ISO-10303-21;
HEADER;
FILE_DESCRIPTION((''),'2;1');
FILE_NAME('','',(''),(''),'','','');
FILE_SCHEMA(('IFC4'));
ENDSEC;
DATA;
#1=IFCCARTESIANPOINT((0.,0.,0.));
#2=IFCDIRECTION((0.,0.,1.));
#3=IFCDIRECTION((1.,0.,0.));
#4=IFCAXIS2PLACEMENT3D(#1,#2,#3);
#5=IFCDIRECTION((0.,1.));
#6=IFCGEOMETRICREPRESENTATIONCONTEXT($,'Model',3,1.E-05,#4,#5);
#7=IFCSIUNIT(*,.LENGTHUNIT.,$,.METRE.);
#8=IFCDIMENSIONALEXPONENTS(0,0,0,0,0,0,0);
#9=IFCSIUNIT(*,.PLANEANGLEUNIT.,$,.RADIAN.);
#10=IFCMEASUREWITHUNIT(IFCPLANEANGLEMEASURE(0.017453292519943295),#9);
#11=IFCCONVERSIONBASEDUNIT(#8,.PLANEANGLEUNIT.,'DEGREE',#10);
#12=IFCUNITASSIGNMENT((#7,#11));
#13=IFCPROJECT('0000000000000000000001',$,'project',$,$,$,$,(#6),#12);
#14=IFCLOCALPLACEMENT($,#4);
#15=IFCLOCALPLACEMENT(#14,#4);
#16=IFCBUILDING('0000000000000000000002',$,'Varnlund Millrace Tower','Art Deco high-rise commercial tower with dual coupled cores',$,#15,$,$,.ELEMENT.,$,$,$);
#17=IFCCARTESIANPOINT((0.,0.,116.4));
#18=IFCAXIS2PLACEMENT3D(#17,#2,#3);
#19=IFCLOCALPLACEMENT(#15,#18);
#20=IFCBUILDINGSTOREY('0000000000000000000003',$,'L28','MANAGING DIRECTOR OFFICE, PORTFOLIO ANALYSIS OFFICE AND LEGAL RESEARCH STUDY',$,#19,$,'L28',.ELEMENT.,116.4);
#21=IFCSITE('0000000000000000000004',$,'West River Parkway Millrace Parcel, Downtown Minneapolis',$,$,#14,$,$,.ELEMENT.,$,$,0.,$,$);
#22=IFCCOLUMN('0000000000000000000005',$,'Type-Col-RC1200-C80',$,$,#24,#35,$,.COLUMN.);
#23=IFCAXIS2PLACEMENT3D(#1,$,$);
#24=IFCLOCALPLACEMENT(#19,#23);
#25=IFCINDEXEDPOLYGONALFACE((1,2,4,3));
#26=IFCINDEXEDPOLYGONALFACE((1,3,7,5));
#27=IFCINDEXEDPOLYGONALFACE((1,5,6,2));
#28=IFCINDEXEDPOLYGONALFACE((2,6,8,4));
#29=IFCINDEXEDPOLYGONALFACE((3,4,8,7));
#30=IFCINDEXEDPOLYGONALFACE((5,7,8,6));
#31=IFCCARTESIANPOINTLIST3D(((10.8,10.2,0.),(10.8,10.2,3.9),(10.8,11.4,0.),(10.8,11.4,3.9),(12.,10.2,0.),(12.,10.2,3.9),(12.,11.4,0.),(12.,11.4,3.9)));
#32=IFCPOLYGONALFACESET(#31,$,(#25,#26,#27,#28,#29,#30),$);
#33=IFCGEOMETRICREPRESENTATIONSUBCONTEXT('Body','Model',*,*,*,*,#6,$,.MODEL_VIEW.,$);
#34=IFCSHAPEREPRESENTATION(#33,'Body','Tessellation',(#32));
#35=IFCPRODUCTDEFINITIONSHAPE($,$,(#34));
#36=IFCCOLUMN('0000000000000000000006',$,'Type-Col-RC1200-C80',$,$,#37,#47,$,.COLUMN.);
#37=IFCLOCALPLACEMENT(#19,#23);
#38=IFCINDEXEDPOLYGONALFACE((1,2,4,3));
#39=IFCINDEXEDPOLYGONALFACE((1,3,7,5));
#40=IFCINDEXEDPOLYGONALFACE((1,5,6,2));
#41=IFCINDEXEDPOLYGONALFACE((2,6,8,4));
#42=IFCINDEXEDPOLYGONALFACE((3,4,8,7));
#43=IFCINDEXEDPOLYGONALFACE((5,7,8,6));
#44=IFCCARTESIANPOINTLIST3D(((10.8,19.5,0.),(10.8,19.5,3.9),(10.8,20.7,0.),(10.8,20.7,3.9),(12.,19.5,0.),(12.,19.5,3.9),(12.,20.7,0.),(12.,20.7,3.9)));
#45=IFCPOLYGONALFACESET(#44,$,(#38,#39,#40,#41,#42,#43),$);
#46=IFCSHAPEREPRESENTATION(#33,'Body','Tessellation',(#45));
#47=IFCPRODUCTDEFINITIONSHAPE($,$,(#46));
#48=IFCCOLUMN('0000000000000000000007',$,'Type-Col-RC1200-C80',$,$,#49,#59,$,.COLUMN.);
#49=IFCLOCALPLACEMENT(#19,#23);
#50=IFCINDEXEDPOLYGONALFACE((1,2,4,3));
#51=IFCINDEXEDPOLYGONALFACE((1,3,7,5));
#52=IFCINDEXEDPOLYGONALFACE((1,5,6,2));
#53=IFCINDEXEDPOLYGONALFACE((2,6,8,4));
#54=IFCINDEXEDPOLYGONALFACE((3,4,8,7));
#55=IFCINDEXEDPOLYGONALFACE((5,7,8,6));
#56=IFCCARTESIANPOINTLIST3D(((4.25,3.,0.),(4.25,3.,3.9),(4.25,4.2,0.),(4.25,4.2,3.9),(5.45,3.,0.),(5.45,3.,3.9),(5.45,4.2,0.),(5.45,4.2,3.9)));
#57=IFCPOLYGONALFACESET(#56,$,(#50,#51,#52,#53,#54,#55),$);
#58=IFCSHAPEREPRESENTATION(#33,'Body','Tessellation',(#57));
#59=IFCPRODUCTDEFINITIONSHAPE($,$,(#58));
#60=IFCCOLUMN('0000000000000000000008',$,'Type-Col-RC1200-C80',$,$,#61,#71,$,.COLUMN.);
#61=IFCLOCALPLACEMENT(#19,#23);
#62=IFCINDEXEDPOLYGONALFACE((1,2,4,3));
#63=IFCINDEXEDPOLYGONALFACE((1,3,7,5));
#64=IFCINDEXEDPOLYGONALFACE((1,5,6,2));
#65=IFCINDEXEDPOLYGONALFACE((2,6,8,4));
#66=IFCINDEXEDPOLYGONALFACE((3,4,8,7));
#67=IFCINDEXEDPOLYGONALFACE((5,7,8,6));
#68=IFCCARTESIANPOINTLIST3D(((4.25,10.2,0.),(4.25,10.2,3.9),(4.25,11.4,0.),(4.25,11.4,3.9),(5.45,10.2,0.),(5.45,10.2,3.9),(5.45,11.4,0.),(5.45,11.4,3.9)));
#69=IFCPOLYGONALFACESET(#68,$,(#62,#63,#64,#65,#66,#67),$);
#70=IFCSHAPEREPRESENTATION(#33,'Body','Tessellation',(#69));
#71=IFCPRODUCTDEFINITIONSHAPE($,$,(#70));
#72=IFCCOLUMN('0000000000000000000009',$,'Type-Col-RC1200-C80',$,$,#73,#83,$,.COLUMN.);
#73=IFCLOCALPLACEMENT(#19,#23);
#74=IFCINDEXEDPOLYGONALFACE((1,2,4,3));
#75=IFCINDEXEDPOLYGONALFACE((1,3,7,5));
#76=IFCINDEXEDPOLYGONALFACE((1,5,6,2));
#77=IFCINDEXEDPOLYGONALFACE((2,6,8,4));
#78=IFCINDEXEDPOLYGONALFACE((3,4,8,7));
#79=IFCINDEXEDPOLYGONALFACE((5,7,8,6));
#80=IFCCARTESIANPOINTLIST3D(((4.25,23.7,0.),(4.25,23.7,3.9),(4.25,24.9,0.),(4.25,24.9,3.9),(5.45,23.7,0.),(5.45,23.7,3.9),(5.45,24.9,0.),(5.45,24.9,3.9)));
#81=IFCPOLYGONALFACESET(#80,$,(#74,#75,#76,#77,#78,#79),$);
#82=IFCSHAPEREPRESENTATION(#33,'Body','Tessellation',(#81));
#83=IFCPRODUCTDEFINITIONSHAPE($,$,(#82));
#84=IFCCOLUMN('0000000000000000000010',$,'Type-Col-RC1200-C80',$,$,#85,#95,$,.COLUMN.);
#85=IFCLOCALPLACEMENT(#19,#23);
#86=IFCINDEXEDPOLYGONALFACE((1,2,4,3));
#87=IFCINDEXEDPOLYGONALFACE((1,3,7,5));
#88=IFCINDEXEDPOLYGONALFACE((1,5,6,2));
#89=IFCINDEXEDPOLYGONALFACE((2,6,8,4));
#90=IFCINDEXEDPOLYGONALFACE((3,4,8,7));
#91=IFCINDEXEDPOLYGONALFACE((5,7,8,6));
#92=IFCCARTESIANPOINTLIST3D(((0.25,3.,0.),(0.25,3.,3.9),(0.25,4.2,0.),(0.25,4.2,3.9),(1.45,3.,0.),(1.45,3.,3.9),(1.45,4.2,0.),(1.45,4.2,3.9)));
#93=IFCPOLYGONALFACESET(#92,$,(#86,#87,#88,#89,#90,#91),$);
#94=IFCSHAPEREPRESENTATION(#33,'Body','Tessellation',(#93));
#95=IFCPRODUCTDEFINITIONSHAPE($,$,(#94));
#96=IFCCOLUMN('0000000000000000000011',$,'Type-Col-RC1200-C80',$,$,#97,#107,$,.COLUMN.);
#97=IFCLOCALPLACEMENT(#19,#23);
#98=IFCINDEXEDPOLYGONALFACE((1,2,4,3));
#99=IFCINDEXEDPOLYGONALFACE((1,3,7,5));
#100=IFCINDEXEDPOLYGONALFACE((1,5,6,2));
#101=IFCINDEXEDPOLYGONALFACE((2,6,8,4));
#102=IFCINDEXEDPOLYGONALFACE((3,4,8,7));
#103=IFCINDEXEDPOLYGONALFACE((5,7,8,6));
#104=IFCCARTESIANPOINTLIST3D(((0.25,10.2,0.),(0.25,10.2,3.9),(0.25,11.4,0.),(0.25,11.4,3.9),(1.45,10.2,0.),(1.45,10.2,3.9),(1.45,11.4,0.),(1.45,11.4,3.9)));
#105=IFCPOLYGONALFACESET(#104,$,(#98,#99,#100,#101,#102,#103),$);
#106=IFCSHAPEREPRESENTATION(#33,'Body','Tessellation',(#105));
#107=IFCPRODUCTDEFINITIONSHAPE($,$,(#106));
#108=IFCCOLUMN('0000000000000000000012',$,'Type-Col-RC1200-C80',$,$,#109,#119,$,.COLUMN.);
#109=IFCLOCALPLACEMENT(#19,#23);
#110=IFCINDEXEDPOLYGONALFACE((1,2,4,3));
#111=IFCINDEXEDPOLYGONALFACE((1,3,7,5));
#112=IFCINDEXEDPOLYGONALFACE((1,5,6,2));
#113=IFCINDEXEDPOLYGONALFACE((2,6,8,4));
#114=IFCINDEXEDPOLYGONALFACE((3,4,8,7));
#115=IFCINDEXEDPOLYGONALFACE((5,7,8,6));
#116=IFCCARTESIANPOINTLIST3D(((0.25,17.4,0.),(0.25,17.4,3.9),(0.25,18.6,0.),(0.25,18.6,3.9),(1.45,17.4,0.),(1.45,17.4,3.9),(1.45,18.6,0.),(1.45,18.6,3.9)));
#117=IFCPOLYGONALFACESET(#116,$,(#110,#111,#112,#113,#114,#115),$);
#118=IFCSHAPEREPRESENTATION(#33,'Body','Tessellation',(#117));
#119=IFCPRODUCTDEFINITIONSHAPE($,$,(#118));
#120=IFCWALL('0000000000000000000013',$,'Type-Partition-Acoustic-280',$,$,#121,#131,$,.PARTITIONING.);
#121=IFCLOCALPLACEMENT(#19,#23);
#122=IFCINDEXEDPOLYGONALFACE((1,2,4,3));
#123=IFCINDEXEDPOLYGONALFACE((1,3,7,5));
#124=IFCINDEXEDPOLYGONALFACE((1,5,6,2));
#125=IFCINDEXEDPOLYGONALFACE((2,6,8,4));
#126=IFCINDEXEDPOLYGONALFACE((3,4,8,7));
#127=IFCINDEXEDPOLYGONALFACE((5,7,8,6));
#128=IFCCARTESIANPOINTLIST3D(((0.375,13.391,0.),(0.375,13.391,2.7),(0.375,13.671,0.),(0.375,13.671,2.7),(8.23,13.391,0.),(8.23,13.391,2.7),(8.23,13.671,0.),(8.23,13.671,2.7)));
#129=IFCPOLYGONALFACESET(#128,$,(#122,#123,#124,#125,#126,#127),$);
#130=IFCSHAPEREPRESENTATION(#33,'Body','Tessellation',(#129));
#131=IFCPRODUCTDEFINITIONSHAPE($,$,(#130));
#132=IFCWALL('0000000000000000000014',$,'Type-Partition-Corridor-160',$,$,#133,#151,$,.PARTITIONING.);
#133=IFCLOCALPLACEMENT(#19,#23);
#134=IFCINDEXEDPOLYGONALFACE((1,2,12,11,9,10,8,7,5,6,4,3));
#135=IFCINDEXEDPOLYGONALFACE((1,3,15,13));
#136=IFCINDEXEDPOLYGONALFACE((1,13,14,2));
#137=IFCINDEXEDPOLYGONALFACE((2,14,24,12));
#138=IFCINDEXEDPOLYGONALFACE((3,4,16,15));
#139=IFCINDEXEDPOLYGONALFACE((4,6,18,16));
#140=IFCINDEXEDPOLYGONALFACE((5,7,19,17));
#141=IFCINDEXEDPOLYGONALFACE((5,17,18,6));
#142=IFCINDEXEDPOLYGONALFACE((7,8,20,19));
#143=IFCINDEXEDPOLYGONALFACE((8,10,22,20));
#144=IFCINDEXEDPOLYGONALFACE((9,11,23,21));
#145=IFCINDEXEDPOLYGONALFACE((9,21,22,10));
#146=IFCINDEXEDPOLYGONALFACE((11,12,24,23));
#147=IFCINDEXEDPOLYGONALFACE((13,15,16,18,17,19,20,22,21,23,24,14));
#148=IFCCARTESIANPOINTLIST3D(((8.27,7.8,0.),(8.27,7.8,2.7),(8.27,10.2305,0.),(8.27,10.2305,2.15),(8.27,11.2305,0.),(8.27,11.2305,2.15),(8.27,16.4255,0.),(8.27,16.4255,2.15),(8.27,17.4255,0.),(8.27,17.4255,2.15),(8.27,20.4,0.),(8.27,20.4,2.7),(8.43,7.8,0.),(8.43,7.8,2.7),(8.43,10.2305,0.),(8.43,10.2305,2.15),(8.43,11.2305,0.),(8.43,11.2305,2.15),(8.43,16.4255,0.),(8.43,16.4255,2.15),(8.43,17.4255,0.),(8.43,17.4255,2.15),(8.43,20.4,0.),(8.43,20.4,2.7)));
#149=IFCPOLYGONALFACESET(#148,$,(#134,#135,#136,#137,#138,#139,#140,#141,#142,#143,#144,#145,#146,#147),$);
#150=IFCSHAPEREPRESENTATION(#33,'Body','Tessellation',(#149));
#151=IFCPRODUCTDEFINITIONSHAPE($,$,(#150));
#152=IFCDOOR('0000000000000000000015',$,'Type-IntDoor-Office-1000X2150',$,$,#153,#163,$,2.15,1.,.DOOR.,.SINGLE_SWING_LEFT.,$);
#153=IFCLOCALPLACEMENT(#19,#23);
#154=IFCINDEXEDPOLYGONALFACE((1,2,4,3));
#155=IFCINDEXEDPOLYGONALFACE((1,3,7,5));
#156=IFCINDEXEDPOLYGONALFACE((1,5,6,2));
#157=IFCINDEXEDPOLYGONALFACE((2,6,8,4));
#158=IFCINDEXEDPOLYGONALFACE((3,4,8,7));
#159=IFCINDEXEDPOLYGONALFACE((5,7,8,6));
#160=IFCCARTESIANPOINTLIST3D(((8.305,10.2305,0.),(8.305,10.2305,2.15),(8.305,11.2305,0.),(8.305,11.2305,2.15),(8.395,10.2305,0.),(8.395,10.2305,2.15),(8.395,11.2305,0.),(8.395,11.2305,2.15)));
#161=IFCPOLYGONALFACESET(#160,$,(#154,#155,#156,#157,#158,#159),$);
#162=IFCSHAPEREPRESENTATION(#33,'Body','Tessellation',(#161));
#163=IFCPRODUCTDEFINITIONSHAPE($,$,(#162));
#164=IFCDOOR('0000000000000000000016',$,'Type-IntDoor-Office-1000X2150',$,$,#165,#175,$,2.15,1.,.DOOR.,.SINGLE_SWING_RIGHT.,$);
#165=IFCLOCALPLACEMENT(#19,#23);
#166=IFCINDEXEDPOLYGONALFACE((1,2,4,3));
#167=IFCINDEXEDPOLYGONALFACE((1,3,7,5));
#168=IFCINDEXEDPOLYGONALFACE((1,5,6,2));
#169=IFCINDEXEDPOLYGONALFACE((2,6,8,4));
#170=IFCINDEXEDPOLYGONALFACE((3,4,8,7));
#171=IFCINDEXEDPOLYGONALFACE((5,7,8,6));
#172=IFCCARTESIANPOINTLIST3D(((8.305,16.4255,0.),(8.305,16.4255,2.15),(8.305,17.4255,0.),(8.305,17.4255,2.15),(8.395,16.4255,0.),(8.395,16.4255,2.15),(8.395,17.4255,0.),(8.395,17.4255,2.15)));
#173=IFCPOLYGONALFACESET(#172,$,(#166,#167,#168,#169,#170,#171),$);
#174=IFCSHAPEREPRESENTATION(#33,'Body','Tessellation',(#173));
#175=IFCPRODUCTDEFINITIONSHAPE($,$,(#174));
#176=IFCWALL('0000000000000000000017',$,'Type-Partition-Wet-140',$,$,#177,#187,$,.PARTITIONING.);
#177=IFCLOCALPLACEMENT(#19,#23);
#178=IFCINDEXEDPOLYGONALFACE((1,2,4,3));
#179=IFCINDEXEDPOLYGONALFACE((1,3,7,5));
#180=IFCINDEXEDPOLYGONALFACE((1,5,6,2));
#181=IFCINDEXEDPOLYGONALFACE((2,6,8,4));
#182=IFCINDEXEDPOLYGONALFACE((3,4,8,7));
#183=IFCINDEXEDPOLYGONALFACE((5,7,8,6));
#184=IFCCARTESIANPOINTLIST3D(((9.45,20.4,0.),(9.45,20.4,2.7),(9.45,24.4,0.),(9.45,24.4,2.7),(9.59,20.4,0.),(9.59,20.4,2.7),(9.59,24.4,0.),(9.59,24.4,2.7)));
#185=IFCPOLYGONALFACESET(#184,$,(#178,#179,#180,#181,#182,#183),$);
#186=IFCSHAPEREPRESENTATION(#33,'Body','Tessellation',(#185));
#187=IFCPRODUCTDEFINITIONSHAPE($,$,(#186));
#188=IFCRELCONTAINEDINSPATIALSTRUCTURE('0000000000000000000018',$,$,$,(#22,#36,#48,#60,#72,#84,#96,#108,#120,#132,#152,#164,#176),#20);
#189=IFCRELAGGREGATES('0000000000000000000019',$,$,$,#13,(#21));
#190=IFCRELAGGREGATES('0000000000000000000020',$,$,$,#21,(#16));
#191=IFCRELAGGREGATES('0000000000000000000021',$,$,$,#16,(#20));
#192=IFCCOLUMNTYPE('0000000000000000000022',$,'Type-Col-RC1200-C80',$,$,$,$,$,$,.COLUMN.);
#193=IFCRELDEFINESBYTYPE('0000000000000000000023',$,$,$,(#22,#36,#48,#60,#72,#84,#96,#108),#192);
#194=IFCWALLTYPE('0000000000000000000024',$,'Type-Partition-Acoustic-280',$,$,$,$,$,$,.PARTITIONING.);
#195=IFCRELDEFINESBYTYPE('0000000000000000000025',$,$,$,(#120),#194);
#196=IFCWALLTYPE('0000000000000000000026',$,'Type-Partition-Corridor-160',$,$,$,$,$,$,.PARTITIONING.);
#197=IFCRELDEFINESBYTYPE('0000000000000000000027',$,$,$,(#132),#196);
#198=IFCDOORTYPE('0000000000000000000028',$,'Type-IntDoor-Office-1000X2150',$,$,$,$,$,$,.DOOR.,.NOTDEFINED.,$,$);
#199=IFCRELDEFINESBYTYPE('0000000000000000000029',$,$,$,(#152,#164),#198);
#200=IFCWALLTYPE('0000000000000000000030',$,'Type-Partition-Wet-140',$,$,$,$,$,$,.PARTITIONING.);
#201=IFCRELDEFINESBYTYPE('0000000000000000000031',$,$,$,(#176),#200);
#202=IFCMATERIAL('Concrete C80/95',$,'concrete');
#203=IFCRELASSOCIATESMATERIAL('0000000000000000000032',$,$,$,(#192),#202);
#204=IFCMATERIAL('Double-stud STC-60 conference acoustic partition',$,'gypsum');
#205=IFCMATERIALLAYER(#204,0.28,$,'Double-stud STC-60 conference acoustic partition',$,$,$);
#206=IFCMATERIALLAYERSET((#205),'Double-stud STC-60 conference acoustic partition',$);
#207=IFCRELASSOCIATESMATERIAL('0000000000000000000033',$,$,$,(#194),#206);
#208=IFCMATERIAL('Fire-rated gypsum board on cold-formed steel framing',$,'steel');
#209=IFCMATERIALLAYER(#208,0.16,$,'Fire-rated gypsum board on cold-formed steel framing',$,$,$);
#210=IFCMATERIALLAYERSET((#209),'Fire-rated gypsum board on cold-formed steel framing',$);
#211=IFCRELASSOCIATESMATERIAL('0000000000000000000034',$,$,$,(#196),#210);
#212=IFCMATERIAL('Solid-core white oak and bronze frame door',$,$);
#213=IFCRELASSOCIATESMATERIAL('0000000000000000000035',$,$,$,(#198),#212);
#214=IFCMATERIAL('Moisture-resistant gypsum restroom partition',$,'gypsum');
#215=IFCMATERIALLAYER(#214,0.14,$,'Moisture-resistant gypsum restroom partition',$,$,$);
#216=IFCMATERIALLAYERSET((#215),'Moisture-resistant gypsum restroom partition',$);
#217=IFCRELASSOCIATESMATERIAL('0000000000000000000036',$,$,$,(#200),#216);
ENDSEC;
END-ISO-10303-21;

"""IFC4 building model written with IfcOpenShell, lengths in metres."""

from ifc_helpers import new_model, entity, si_unit, converted_unit, direction, frame, origin_with_axes, origin_2d_with_axis, place, context, subcontext, project, spatial, polyline, rectangle, outline, extrude, material, layer, layer_set, material_profile, profile_set, type_object, element, fill, save


model = new_model("IFC4")

# Units and contexts
model_context = context("Model", 3, precision=1e-05, world=origin_with_axes(), true_north=direction((0.0, 1.0)))
body_context = subcontext(model_context, "Body", "Model", "MODEL_VIEW")
ifc_project = project(units=[si_unit("LENGTHUNIT", "METRE"), converted_unit("PLANEANGLEUNIT", "DEGREE", entity("IfcPlaneAngleMeasure", 0.017453292519943295), si_unit("PLANEANGLEUNIT", "RADIAN"), dimensions=[0, 0, 0, 0, 0, 0, 0])], contexts=[model_context])

# Site, building, storey
site_placement = place(None, origin_with_axes())
site = spatial("IfcSite", under=ifc_project, at=site_placement, Name="West River Parkway Millrace Parcel, Downtown Minneapolis", CompositionType="ELEMENT", RefElevation=0.0)
building_placement = place(site_placement, origin_with_axes())
building = spatial("IfcBuilding", under=site, at=building_placement, Name="Varnlund Millrace Tower", Description="Art Deco high-rise commercial tower with dual coupled cores", CompositionType="ELEMENT")
storey_placement = place(building_placement, frame((0.0, 0.0, 116.4), z_axis=(0.0, 0.0, 1.0), x_axis=(1.0, 0.0, 0.0)))
storey = spatial("IfcBuildingStorey", under=building, at=storey_placement, Name="L28", Description="MANAGING DIRECTOR OFFICE, PORTFOLIO ANALYSIS OFFICE AND LEGAL RESEARCH STUDY", LongName="L28", CompositionType="ELEMENT", Elevation=116.4)

# Columns
ifc_material_1 = material(Name="Concrete C80/95", Category="concrete")
ifc_material_profile = material_profile(ifc_material_1, rectangle(XDim=1.2, YDim=1.2, at=origin_2d_with_axis()), Name="Concrete C80/95")
ifc_profile_set = profile_set([ifc_material_profile], Name="Concrete C80/95")
column_type = type_object("IfcColumnType", Name="Type-Col-RC1200-C80", PredefinedType="COLUMN", material=ifc_profile_set)
for number, where, z_axis, x_axis, name in (
    (1, (11.4, 10.8, 0.0), (0.0, 0.0, 1.0), (1.0, 0.0, 0.0), "Type-Col-RC1200-C80"),
    (2, (11.4, 20.1, 0.0), (0.0, 0.0, 1.0), (1.0, 0.0, 0.0), "Type-Col-RC1200-C80"),
    (3, (4.85, 3.6, 0.0), (0.0, 0.0, 1.0), (1.0, 0.0, 0.0), "Type-Col-RC1200-C80"),
    (4, (4.85, 10.8, 0.0), (0.0, 0.0, 1.0), (1.0, 0.0, 0.0), "Type-Col-RC1200-C80"),
    (5, (4.85, 24.3, 0.0), (0.0, 0.0, 1.0), (1.0, 0.0, 0.0), "Type-Col-RC1200-C80"),
    (6, (0.85, 3.6, 0.0), (0.0, 0.0, 1.0), (1.0, 0.0, 0.0), "Type-Col-RC1200-C80"),
    (7, (0.85, 10.8, 0.0), (0.0, 0.0, 1.0), (1.0, 0.0, 0.0), "Type-Col-RC1200-C80"),
    (8, (0.85, 18.0, 0.0), (0.0, 0.0, 1.0), (1.0, 0.0, 0.0), "Type-Col-RC1200-C80"),
):
    element("IfcColumn", number, at=place(storey_placement, frame(where, z_axis=z_axis, x_axis=x_axis)), inside=storey, type_object=column_type, Name=name, PredefinedType="COLUMN", context=body_context, shape_type="SweptSolid", body=[
        extrude(rectangle(XDim=1.2, YDim=1.2, at=origin_2d_with_axis()), origin_with_axes(), (0.0, 0.0, 1.0), 3.9),
    ])

# Wall
ifc_material_2 = material(Name="Double-stud STC-60 conference acoustic partition", Category="gypsum")
ifc_layer_1 = layer(ifc_material_2, 0.28, Name="Double-stud STC-60 conference acoustic partition")
ifc_layer_set_1 = layer_set([ifc_layer_1], Name="Double-stud STC-60 conference acoustic partition")
wall_type_1 = type_object("IfcWallType", Name="Type-Partition-Acoustic-280", PredefinedType="PARTITIONING", material=ifc_layer_set_1)
wall_1_placement = place(storey_placement, frame((0.375, 13.531, 0.0), z_axis=(0.0, 0.0, 1.0), x_axis=(1.0, 0.0, 0.0)))
element("IfcWall", 9, at=wall_1_placement, inside=storey, type_object=wall_type_1, Name="Type-Partition-Acoustic-280", PredefinedType="PARTITIONING", context=body_context, shape_type="SweptSolid", body=[
    extrude(outline(polyline([(0.0, -0.14), (7.855, -0.14), (7.855, 0.14), (0.0, 0.14), (0.0, -0.14)])), origin_with_axes(), (0.0, 0.0, 1.0), 2.7),
])

# Wall, openings, doors
ifc_material_3 = material(Name="Fire-rated gypsum board on cold-formed steel framing", Category="steel")
ifc_layer_2 = layer(ifc_material_3, 0.16, Name="Fire-rated gypsum board on cold-formed steel framing")
ifc_layer_set_2 = layer_set([ifc_layer_2], Name="Fire-rated gypsum board on cold-formed steel framing")
wall_type_2 = type_object("IfcWallType", Name="Type-Partition-Corridor-160", PredefinedType="PARTITIONING", material=ifc_layer_set_2)
ifc_material_4 = material(Name="Solid-core white oak and bronze frame door")
door_type_1 = type_object("IfcDoorType", Name="Type-IntDoor-Office-1000X2150", OperationType="NOTDEFINED", PredefinedType="DOOR", material=ifc_material_4)
wall_2_placement = place(storey_placement, frame((8.35, 7.8, 0.0), z_axis=(0.0, 0.0, 1.0), x_axis=(0.0, 1.0, 0.0)))
wall_2 = element("IfcWall", 10, at=wall_2_placement, inside=storey, type_object=wall_type_2, Name="Type-Partition-Corridor-160", PredefinedType="PARTITIONING", context=body_context, shape_type="SweptSolid", body=[
    extrude(outline(polyline([(0.0, -0.08), (12.6, -0.08), (12.6, 0.08), (0.0, 0.08), (0.0, -0.08)])), origin_with_axes(), (0.0, 0.0, 1.0), 2.7),
])
opening_1_placement = place(wall_2_placement, frame((2.9305, 0.0, 0.0), z_axis=(0.0, 0.0, 1.0), x_axis=(1.0, 0.0, 0.0)))
opening_1 = element("IfcOpeningElement", 11, at=opening_1_placement, cuts=wall_2, PredefinedType="OPENING", context=body_context, shape_type="SweptSolid", body=[
    extrude(rectangle(XDim=1.0, YDim=0.18, at=origin_2d_with_axis()), origin_with_axes(), (0.0, 0.0, 1.0), 2.15),
])
opening_2_placement = place(wall_2_placement, frame((9.1255, 0.0, 0.0), z_axis=(0.0, 0.0, 1.0), x_axis=(1.0, 0.0, 0.0)))
opening_2 = element("IfcOpeningElement", 12, at=opening_2_placement, cuts=wall_2, PredefinedType="OPENING", context=body_context, shape_type="SweptSolid", body=[
    extrude(rectangle(XDim=1.0, YDim=0.18, at=origin_2d_with_axis()), origin_with_axes(), (0.0, 0.0, 1.0), 2.15),
])
door_1_placement = place(wall_2_placement, frame((2.9305, 0.0, 0.0), z_axis=(0.0, 0.0, 1.0), x_axis=(1.0, 0.0, 0.0)))
door_1 = element("IfcDoor", 13, at=door_1_placement, inside=storey, type_object=door_type_1, Name="Type-IntDoor-Office-1000X2150", OperationType="SINGLE_SWING_LEFT", OverallHeight=2.15, OverallWidth=1.0, PredefinedType="DOOR", context=body_context, shape_type="SweptSolid", body=[
    extrude(rectangle(XDim=1.0, YDim=0.09, at=origin_2d_with_axis()), origin_with_axes(), (0.0, 0.0, 1.0), 2.15),
])
fill(opening_1, door_1)
door_2_placement = place(wall_2_placement, frame((9.1255, 0.0, 0.0), z_axis=(0.0, 0.0, 1.0), x_axis=(1.0, 0.0, 0.0)))
door_2 = element("IfcDoor", 14, at=door_2_placement, inside=storey, type_object=door_type_1, Name="Type-IntDoor-Office-1000X2150", OperationType="SINGLE_SWING_RIGHT", OverallHeight=2.15, OverallWidth=1.0, PredefinedType="DOOR", context=body_context, shape_type="SweptSolid", body=[
    extrude(rectangle(XDim=1.0, YDim=0.09, at=origin_2d_with_axis()), origin_with_axes(), (0.0, 0.0, 1.0), 2.15),
])
fill(opening_2, door_2)

# Wall
ifc_material_5 = material(Name="Moisture-resistant gypsum restroom partition", Category="gypsum")
ifc_layer_3 = layer(ifc_material_5, 0.14, Name="Moisture-resistant gypsum restroom partition")
ifc_layer_set_3 = layer_set([ifc_layer_3], Name="Moisture-resistant gypsum restroom partition")
wall_type_3 = type_object("IfcWallType", Name="Type-Partition-Wet-140", PredefinedType="PARTITIONING", material=ifc_layer_set_3)
wall_3_placement = place(storey_placement, frame((9.52, 20.4, 0.0), z_axis=(0.0, 0.0, 1.0), x_axis=(0.0, 1.0, 0.0)))
element("IfcWall", 15, at=wall_3_placement, inside=storey, type_object=wall_type_3, Name="Type-Partition-Wet-140", PredefinedType="PARTITIONING", context=body_context, shape_type="SweptSolid", body=[
    extrude(outline(polyline([(0.0, -0.07), (4.0, -0.07), (4.0, 0.07), (0.0, 0.07), (0.0, -0.07)])), origin_with_axes(), (0.0, 0.0, 1.0), 2.7),
])

save(model, "model.ifc")
